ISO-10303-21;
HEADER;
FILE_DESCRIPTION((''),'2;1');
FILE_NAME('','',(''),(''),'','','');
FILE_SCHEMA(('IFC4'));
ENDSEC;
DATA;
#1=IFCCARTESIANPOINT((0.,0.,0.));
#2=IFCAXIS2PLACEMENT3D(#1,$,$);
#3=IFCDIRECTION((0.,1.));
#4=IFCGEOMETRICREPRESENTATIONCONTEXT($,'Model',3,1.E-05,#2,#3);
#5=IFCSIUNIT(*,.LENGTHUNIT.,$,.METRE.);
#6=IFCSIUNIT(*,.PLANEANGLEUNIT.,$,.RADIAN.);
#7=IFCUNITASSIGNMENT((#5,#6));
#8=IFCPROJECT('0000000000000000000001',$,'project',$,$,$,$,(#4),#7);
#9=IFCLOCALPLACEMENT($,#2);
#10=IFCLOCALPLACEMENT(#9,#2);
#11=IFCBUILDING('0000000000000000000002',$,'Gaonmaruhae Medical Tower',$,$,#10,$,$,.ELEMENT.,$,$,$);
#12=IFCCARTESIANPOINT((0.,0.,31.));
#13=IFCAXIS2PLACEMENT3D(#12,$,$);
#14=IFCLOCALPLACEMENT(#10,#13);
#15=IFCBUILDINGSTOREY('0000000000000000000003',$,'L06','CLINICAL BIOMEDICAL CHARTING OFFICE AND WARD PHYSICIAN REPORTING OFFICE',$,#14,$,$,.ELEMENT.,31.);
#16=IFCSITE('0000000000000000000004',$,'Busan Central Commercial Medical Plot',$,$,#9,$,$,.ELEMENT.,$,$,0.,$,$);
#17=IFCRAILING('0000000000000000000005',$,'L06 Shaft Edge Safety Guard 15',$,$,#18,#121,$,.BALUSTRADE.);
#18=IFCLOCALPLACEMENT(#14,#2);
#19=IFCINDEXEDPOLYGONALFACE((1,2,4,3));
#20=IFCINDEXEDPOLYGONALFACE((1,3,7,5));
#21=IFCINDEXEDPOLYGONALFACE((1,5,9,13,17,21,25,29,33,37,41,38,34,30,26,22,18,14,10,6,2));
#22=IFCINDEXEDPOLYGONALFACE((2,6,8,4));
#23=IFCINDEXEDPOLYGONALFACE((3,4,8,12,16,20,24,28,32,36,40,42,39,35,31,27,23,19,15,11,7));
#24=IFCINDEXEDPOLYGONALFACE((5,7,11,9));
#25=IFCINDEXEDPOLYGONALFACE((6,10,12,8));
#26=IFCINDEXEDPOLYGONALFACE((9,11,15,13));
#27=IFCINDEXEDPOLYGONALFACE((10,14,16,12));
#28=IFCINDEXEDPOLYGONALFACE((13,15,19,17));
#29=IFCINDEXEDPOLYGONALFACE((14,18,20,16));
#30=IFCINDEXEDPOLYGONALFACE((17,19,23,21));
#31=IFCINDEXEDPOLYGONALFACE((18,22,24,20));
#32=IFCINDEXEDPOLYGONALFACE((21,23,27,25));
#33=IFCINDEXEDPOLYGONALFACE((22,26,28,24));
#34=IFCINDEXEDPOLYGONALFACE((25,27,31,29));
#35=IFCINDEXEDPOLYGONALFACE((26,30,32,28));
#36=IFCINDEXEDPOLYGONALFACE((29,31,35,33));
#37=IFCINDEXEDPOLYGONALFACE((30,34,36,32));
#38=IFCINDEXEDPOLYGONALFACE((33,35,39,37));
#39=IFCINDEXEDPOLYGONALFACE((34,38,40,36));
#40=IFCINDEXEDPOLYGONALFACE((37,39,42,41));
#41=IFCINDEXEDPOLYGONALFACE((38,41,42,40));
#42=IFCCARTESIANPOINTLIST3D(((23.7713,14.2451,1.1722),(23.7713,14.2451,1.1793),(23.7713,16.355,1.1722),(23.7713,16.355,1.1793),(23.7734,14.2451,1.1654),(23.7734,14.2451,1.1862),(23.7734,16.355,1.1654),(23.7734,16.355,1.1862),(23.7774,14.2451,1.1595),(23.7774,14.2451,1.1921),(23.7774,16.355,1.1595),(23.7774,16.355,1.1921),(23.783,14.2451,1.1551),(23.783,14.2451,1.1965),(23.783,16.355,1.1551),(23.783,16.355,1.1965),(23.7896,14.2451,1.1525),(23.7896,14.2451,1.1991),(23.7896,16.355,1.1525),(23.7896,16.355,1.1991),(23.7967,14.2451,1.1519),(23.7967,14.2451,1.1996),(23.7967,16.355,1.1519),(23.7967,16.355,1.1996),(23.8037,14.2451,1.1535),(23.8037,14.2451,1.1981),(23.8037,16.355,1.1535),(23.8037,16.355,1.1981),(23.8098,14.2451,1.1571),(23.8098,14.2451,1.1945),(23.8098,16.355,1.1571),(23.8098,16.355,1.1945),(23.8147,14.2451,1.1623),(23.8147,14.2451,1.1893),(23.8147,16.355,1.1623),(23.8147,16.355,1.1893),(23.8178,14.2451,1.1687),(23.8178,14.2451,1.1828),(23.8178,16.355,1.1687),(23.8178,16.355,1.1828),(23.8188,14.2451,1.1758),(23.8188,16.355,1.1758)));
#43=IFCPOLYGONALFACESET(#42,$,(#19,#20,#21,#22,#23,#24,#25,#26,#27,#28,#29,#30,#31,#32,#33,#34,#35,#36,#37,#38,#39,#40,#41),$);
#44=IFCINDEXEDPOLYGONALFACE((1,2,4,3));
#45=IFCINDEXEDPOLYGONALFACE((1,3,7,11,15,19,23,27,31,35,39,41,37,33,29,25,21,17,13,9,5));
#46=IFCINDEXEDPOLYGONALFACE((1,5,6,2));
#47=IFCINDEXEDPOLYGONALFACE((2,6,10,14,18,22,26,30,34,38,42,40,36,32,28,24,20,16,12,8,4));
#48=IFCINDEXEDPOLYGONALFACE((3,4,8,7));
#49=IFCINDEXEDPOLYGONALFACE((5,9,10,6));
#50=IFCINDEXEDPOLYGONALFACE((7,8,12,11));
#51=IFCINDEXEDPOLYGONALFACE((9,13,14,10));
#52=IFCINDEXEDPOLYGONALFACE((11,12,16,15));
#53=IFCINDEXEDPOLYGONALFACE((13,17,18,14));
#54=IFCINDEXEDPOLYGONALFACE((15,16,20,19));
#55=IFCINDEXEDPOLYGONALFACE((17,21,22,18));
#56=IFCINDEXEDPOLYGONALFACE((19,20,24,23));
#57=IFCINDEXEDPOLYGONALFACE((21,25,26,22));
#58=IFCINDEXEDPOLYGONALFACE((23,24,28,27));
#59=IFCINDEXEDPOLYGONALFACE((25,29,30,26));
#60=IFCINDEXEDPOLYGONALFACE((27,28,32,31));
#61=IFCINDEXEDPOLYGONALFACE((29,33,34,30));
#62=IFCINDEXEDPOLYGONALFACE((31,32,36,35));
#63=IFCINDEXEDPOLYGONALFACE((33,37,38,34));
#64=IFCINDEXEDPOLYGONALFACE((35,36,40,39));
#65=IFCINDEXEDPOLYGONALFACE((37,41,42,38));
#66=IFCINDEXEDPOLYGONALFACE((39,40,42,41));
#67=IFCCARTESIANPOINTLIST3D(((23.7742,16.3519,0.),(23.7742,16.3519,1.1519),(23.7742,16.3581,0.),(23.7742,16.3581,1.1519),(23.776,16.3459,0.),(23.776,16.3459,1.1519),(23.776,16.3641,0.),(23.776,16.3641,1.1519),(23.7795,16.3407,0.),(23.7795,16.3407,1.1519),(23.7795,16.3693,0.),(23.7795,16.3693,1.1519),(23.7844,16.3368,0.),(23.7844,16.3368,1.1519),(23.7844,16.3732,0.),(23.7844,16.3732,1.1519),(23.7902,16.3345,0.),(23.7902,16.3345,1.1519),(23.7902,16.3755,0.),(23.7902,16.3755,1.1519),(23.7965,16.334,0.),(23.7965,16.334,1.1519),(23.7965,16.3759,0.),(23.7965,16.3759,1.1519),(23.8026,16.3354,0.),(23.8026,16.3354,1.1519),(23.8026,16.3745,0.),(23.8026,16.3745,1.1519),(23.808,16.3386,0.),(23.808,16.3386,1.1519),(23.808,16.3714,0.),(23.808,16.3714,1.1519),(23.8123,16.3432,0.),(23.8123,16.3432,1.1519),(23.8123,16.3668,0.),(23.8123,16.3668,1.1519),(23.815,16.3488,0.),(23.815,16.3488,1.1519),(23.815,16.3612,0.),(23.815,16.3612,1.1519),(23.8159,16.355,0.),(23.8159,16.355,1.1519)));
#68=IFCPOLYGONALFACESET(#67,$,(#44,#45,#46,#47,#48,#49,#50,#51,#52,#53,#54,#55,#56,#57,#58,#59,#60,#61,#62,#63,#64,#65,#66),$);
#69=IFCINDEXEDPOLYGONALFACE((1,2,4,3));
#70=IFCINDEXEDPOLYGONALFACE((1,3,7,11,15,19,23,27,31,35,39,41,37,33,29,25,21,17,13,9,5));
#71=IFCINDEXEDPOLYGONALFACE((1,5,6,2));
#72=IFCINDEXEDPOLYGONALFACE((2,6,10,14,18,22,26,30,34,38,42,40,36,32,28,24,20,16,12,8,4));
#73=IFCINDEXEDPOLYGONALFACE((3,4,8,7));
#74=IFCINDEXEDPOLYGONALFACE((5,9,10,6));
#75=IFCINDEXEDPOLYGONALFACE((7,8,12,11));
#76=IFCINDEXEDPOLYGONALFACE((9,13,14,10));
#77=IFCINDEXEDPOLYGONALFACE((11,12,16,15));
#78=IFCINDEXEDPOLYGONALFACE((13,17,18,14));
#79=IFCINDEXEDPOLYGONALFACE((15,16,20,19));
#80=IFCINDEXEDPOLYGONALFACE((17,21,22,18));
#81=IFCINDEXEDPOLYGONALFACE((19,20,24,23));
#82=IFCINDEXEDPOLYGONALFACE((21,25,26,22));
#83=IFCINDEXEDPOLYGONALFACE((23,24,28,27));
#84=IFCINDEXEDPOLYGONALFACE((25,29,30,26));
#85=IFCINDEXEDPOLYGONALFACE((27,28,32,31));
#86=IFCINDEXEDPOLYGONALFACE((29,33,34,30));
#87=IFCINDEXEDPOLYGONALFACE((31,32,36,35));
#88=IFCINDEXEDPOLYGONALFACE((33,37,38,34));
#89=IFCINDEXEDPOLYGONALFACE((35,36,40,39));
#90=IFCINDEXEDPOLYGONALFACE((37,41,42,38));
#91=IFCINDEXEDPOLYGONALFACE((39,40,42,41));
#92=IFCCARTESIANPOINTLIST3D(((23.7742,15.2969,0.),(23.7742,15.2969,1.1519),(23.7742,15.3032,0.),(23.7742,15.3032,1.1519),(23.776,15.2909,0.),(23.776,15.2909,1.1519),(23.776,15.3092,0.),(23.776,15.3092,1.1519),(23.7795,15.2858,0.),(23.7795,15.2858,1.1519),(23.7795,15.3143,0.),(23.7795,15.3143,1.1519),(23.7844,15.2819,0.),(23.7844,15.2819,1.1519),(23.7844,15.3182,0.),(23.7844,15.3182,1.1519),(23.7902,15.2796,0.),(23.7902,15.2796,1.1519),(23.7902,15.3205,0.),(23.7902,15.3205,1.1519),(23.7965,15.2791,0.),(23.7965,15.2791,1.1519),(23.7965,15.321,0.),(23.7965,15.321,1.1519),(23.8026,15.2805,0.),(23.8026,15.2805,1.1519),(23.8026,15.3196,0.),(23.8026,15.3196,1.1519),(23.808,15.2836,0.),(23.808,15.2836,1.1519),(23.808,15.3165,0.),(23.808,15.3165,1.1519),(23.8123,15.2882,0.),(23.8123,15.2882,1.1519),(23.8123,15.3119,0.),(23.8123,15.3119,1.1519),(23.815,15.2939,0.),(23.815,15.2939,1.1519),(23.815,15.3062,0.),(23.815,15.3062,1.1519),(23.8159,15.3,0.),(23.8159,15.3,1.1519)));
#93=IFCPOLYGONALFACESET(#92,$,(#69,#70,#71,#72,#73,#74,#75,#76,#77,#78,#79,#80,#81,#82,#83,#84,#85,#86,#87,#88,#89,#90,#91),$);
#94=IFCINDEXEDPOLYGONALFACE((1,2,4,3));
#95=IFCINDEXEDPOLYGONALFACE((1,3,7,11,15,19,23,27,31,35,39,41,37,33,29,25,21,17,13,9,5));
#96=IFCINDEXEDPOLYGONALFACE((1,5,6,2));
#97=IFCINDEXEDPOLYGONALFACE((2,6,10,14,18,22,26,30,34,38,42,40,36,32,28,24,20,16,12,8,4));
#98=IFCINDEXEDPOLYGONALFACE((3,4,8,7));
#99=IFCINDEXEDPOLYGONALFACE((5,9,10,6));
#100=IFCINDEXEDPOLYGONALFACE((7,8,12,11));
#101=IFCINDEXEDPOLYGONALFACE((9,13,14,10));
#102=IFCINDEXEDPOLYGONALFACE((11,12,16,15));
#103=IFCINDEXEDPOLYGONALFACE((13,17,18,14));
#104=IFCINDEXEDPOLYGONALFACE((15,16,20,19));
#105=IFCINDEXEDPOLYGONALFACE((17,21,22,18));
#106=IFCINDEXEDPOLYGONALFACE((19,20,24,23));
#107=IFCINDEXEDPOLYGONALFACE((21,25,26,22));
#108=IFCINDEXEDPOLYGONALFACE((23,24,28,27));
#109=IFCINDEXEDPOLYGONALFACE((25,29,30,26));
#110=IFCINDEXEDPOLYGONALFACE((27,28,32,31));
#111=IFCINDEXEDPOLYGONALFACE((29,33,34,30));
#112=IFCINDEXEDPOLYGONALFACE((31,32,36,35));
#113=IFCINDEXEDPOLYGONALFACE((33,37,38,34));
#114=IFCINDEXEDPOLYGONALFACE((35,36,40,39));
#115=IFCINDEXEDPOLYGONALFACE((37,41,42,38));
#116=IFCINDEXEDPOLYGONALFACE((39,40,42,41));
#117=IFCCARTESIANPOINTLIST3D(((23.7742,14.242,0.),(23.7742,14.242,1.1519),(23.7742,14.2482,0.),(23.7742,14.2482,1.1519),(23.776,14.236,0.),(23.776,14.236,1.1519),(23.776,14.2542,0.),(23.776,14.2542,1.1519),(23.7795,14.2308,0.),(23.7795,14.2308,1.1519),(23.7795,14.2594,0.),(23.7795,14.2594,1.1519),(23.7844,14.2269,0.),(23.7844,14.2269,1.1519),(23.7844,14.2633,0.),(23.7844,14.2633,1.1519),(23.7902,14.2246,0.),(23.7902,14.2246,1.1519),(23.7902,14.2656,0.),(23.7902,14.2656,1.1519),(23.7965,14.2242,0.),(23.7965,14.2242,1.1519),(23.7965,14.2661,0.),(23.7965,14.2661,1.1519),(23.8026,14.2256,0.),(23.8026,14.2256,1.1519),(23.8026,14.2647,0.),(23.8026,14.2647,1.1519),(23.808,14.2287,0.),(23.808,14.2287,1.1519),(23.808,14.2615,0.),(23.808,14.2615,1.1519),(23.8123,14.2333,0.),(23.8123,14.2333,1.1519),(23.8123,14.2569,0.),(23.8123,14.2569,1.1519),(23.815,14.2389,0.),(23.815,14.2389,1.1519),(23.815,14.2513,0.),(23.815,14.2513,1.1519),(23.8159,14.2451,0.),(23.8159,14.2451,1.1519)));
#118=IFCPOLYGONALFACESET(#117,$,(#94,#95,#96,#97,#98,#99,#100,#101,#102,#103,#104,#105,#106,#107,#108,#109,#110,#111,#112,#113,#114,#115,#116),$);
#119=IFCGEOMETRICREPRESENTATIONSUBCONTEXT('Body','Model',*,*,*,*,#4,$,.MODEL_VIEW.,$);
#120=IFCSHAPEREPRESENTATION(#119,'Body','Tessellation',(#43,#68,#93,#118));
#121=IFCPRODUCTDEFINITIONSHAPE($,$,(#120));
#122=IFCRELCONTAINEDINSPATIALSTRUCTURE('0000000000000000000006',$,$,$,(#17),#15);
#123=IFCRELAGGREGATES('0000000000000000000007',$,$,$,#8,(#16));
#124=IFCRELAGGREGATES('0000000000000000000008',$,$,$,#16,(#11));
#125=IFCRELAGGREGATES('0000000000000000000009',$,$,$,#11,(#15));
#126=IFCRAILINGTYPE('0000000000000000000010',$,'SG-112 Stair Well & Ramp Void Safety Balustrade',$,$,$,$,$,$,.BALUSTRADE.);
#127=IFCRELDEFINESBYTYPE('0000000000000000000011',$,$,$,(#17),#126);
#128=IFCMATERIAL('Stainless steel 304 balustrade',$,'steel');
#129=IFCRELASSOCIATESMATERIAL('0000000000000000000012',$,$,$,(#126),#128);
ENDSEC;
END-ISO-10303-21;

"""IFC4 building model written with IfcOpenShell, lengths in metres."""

from ifc_helpers import new_model, si_unit, direction, frame, origin, origin_2d, place, context, subcontext, project, spatial, circle, extrude, material, type_object, element, save


model = new_model("IFC4")

# Units and contexts
model_context = context("Model", 3, precision=1e-05, world=origin(), true_north=direction((0.0, 1.0)))
body_context = subcontext(model_context, "Body", "Model", "MODEL_VIEW")
ifc_project = project(units=[si_unit("LENGTHUNIT", "METRE"), si_unit("PLANEANGLEUNIT", "RADIAN")], contexts=[model_context])

# Site, building, storey
site_placement = place(None, origin())
site = spatial("IfcSite", under=ifc_project, at=site_placement, Name="Busan Central Commercial Medical Plot", CompositionType="ELEMENT", RefElevation=0.0)
building_placement = place(site_placement, origin())
building = spatial("IfcBuilding", under=site, at=building_placement, Name="Gaonmaruhae Medical Tower", CompositionType="ELEMENT")
storey_placement = place(building_placement, frame((0.0, 0.0, 31.0)))
storey = spatial("IfcBuildingStorey", under=building, at=storey_placement, Name="L06", Description="CLINICAL BIOMEDICAL CHARTING OFFICE AND WARD PHYSICIAN REPORTING OFFICE", CompositionType="ELEMENT", Elevation=31.0)

# Railing
ifc_material_1 = material(Name="Stainless steel 304 balustrade", Category="steel")
railing_type_1 = type_object("IfcRailingType", Name="SG-112 Stair Well & Ramp Void Safety Balustrade", PredefinedType="BALUSTRADE", material=ifc_material_1)
railing_1_placement = place(storey_placement, frame((23.7949, 16.355, 0.0)))
element("IfcRailing", 1, at=railing_1_placement, inside=storey, type_object=railing_type_1, Name="L06 Shaft Edge Safety Guard 15", PredefinedType="BALUSTRADE", context=body_context, shape_type="SweptSolid", body=[
    extrude(circle(Radius=0.0239, at=origin_2d()), frame((0.0, 0.0, 1.1758), z_axis=(0.0, -1.0, 0.0), x_axis=(1.0, 0.0, 0.0)), (0.0, 0.0, 1.0), 2.1099),
    extrude(circle(Radius=0.021, at=origin_2d()), origin(), (0.0, 0.0, 1.0), 1.1519),
    extrude(circle(Radius=0.021, at=origin_2d()), frame((0.0, -1.0549, 0.0)), (0.0, 0.0, 1.0), 1.1519),
    extrude(circle(Radius=0.021, at=origin_2d()), frame((0.0, -2.1099, 0.0)), (0.0, 0.0, 1.0), 1.1519),
])

save(model, "model.ifc")
